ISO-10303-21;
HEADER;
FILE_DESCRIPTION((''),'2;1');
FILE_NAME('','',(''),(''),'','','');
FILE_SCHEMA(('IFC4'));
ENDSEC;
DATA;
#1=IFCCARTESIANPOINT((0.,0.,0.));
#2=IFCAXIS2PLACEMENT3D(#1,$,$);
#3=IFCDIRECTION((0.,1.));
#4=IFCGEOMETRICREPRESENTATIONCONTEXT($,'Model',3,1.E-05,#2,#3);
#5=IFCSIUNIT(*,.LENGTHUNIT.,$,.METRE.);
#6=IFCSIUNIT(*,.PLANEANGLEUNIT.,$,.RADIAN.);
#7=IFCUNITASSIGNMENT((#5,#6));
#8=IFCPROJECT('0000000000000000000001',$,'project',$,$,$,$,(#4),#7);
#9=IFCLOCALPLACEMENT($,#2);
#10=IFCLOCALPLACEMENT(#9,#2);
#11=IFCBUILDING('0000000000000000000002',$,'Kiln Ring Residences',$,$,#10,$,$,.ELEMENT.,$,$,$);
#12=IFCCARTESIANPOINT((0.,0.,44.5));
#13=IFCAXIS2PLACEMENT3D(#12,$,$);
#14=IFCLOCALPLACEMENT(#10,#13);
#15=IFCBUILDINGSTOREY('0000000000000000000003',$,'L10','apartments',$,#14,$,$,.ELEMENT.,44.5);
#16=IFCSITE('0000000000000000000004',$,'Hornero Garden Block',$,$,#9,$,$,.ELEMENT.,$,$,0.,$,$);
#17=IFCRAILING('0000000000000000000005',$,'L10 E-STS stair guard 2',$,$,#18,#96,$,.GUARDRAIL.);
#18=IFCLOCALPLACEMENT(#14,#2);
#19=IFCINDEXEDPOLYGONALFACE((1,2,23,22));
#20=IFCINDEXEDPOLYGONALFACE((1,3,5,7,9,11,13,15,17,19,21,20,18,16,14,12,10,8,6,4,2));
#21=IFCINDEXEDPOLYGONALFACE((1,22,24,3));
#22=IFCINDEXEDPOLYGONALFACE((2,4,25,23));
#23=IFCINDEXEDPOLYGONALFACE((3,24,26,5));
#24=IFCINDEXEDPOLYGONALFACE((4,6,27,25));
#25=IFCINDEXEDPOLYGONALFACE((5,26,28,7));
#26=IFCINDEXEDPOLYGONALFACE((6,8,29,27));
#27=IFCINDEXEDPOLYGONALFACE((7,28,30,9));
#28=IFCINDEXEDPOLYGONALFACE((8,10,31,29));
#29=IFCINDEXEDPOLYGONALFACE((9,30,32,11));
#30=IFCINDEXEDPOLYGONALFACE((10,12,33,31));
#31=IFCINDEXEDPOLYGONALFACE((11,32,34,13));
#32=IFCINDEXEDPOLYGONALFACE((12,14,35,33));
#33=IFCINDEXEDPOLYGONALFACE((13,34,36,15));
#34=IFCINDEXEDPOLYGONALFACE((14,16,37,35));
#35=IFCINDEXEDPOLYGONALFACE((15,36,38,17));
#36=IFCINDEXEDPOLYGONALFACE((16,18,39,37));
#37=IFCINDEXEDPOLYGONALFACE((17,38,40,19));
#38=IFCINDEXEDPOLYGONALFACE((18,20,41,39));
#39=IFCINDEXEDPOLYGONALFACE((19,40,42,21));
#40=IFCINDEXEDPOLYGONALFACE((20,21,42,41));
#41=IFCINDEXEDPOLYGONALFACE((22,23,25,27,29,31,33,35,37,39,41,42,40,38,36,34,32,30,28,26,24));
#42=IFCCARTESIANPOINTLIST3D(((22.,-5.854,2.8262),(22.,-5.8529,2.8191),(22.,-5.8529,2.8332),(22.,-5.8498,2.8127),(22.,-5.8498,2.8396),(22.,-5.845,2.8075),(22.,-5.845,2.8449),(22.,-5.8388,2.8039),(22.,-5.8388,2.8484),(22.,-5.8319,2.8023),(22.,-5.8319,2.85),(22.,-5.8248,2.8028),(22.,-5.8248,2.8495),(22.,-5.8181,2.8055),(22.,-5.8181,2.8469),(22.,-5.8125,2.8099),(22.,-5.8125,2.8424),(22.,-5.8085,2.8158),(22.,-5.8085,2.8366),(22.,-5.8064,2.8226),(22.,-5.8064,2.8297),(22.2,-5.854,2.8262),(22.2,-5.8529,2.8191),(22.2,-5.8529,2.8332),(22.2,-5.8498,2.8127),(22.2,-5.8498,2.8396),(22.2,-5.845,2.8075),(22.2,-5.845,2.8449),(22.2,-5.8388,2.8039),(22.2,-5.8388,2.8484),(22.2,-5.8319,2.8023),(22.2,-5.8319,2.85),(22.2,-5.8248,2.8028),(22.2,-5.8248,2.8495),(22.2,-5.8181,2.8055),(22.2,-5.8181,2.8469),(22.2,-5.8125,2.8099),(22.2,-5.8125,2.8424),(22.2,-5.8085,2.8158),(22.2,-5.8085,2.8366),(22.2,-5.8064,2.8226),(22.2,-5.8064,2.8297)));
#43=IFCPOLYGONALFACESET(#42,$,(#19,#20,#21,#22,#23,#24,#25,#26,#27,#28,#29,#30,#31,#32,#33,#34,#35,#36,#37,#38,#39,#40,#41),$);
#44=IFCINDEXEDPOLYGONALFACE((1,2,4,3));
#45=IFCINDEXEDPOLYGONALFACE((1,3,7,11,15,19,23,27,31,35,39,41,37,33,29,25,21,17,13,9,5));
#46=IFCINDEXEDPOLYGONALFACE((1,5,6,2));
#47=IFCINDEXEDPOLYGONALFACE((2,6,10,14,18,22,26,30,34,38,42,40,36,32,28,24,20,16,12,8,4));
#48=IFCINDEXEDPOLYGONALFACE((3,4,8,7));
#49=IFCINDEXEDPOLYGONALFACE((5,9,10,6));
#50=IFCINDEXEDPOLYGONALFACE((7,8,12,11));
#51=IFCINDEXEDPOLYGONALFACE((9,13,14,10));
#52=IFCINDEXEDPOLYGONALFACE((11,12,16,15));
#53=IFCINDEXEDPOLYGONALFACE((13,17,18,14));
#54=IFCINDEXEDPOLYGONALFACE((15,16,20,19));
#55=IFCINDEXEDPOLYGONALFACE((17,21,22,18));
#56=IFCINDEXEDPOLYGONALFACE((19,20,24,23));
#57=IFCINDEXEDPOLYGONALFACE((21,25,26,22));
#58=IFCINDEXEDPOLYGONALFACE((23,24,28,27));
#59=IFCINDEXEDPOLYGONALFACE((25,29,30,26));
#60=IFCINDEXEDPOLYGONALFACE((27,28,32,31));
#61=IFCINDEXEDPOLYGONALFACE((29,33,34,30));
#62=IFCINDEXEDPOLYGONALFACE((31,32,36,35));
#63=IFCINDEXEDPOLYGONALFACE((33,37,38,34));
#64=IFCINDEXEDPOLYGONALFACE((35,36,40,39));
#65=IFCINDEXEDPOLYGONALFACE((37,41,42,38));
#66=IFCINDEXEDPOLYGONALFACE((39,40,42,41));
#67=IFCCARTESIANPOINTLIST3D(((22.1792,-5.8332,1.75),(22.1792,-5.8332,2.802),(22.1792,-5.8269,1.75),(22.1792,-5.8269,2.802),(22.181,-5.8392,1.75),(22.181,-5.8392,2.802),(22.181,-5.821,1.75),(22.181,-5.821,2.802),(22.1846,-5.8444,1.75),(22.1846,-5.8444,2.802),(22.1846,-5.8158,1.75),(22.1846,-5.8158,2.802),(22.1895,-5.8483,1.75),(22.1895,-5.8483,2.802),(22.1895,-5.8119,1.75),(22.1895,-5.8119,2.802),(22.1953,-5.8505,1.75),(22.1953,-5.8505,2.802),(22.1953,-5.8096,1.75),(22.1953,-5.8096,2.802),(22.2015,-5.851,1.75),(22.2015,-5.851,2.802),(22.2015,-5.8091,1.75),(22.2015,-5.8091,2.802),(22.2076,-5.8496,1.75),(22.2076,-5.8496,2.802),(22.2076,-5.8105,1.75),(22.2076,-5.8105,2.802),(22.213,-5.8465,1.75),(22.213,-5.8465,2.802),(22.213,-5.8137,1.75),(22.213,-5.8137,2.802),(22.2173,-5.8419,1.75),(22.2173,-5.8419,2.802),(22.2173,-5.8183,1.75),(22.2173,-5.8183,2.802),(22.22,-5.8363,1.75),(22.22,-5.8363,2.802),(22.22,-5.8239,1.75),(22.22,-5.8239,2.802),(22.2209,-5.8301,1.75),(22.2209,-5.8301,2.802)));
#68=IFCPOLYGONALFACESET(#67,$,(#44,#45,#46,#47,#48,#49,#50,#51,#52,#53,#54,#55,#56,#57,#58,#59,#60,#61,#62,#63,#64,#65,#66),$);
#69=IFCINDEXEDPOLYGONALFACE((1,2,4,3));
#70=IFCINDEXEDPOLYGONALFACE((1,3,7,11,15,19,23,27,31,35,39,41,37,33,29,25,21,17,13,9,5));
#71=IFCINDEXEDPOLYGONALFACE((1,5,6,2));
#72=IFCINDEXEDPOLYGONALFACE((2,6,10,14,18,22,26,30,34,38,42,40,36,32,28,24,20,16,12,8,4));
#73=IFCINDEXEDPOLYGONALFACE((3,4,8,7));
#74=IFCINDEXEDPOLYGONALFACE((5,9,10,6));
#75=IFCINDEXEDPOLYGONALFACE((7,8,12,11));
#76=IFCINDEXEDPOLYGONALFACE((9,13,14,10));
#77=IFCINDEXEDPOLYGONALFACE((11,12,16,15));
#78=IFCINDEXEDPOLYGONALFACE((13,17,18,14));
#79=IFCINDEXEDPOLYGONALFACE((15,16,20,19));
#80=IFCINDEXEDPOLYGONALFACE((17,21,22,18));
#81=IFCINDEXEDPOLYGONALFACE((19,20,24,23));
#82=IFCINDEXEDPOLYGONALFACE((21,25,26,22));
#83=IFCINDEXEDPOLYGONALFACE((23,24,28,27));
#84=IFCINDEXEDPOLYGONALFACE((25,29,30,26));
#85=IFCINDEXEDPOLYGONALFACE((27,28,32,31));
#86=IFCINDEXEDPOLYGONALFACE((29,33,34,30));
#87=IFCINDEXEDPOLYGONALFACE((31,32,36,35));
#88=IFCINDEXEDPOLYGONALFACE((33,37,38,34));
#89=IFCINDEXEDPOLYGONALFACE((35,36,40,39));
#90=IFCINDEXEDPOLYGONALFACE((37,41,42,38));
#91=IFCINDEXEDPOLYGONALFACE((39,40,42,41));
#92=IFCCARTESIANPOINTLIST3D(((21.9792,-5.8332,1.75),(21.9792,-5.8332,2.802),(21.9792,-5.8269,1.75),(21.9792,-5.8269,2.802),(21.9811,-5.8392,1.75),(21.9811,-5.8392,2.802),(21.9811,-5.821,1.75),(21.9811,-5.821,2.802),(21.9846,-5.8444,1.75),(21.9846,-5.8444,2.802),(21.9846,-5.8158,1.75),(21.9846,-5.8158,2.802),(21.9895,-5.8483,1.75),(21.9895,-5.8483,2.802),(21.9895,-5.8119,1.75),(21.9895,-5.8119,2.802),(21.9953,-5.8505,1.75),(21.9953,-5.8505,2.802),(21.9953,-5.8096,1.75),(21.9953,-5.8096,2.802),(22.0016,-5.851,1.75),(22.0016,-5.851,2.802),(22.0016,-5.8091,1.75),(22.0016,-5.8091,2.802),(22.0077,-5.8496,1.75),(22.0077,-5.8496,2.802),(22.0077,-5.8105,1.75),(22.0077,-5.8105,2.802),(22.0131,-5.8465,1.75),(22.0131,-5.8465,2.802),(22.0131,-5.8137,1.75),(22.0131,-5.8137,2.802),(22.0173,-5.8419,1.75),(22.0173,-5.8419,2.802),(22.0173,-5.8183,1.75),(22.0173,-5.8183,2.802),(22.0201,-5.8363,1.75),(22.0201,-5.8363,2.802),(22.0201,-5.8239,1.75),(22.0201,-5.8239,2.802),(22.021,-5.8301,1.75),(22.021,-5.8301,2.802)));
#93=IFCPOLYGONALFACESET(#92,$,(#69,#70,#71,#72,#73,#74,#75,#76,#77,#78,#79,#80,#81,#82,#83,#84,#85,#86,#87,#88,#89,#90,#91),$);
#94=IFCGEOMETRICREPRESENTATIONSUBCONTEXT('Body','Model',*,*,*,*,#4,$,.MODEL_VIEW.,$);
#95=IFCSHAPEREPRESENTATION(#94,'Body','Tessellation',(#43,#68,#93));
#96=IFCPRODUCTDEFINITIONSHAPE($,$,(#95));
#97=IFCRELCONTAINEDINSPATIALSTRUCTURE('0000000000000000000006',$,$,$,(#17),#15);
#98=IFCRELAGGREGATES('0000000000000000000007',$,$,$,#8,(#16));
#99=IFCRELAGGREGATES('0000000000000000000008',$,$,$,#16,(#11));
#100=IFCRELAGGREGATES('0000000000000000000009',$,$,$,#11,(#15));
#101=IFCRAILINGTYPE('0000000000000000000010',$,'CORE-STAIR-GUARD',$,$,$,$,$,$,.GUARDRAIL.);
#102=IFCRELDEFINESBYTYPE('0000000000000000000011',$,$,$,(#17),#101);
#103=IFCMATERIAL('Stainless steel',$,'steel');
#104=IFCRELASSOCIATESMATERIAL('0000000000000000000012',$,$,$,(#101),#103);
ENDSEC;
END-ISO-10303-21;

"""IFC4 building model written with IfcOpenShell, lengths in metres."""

from ifc_helpers import new_model, si_unit, direction, frame, origin, origin_2d, place, context, subcontext, project, spatial, circle, extrude, material, type_object, element, save


model = new_model("IFC4")

# Units and contexts
model_context = context("Model", 3, precision=1e-05, world=origin(), true_north=direction((0.0, 1.0)))
body_context = subcontext(model_context, "Body", "Model", "MODEL_VIEW")
ifc_project = project(units=[si_unit("LENGTHUNIT", "METRE"), si_unit("PLANEANGLEUNIT", "RADIAN")], contexts=[model_context])

# Site, building, storey
site_placement = place(None, origin())
site = spatial("IfcSite", under=ifc_project, at=site_placement, Name="Hornero Garden Block", CompositionType="ELEMENT", RefElevation=0.0)
building_placement = place(site_placement, origin())
building = spatial("IfcBuilding", under=site, at=building_placement, Name="Kiln Ring Residences", CompositionType="ELEMENT")
storey_placement = place(building_placement, frame((0.0, 0.0, 44.5)))
storey = spatial("IfcBuildingStorey", under=building, at=storey_placement, Name="L10", Description="apartments", CompositionType="ELEMENT", Elevation=44.5)

# Railing
ifc_material_1 = material(Name="Stainless steel", Category="steel")
railing_type_1 = type_object("IfcRailingType", Name="CORE-STAIR-GUARD", PredefinedType="GUARDRAIL", material=ifc_material_1)
railing_1_placement = place(storey_placement, frame((22.2, -5.8301, 1.75)))
element("IfcRailing", 1, at=railing_1_placement, inside=storey, type_object=railing_type_1, Name="L10 E-STS stair guard 2", PredefinedType="GUARDRAIL", context=body_context, shape_type="SweptSolid", body=[
    extrude(circle(Radius=0.0239, at=origin_2d()), frame((0.0, 0.0, 1.0762), z_axis=(-1.0, 0.0, 0.0), x_axis=(0.0, -1.0, 0.0)), (0.0, 0.0, 1.0), 0.2),
    extrude(circle(Radius=0.021, at=origin_2d()), origin(), (0.0, 0.0, 1.0), 1.052),
    extrude(circle(Radius=0.021, at=origin_2d()), frame((-0.2, 0.0, 0.0)), (0.0, 0.0, 1.0), 1.052),
])

save(model, "model.ifc")
